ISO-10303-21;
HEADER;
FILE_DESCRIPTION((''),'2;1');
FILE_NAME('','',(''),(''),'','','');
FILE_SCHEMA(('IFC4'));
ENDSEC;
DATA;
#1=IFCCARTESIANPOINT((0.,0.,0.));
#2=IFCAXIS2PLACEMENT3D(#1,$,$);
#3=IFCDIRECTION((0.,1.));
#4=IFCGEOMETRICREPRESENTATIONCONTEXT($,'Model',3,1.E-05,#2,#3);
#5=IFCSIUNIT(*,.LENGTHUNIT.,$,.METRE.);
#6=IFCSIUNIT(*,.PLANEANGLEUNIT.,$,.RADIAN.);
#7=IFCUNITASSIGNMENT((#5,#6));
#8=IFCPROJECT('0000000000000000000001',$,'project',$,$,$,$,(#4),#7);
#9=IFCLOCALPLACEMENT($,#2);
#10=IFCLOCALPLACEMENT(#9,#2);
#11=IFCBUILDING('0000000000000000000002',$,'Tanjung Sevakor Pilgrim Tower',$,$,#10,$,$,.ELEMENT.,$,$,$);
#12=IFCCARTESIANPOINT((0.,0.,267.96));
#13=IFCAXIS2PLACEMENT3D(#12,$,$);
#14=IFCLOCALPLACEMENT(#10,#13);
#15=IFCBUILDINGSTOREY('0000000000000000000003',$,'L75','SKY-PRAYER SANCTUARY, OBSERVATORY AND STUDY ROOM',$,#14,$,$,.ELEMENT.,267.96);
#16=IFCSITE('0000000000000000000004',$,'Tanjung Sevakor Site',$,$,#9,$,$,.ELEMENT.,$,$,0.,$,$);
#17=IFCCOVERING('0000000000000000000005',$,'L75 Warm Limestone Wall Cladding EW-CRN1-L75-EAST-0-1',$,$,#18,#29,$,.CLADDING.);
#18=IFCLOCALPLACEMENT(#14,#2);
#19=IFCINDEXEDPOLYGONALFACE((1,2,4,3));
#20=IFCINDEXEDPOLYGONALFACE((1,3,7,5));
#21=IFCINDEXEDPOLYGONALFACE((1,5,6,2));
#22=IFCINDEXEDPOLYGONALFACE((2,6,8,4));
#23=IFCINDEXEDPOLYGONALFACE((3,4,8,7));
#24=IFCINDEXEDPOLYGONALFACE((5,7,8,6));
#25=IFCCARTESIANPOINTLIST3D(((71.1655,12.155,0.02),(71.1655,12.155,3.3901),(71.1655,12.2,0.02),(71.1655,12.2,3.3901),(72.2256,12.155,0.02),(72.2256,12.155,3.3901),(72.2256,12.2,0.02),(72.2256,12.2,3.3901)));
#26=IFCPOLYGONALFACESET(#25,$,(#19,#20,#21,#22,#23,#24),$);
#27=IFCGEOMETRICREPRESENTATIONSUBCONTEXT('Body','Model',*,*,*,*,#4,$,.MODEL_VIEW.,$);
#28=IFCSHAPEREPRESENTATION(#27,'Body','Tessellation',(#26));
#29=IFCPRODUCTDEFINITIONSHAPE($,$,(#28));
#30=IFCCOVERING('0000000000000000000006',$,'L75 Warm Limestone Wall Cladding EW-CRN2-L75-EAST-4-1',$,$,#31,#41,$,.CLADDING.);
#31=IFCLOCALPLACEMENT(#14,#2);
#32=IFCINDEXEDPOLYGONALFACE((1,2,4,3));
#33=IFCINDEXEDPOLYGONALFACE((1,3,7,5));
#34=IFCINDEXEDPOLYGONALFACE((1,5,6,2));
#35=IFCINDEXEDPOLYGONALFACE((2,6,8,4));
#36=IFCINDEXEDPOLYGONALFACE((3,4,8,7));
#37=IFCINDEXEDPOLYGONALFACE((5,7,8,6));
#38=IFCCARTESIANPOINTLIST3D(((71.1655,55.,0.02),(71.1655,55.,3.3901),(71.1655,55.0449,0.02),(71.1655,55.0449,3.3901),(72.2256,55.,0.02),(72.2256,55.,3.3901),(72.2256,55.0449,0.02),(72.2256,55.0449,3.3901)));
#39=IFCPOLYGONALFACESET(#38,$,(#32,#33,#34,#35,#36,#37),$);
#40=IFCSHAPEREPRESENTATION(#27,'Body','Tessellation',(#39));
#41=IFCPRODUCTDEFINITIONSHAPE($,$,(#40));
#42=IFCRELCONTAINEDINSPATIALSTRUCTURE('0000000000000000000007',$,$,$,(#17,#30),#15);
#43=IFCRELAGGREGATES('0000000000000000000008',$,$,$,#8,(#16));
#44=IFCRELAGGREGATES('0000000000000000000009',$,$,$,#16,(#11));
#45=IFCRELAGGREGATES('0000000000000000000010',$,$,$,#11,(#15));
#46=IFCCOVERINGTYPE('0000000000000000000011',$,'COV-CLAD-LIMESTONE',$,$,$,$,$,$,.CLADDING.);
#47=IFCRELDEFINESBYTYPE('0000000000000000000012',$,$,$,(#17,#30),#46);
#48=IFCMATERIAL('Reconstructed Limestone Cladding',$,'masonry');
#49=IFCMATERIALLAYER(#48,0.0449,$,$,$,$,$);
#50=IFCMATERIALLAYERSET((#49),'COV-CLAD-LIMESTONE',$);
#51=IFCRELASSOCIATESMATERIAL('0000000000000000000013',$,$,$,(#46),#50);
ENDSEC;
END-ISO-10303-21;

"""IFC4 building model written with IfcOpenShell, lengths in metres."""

from ifc_helpers import new_model, si_unit, direction, frame, origin, origin_2d, place, context, subcontext, project, spatial, rectangle, extrude, material, layer, layer_set, type_object, element, save


model = new_model("IFC4")

# Units and contexts
model_context = context("Model", 3, precision=1e-05, world=origin(), true_north=direction((0.0, 1.0)))
body_context = subcontext(model_context, "Body", "Model", "MODEL_VIEW")
ifc_project = project(units=[si_unit("LENGTHUNIT", "METRE"), si_unit("PLANEANGLEUNIT", "RADIAN")], contexts=[model_context])

# Site, building, storey
site_placement = place(None, origin())
site = spatial("IfcSite", under=ifc_project, at=site_placement, Name="Tanjung Sevakor Site", CompositionType="ELEMENT", RefElevation=0.0)
building_placement = place(site_placement, origin())
building = spatial("IfcBuilding", under=site, at=building_placement, Name="Tanjung Sevakor Pilgrim Tower", CompositionType="ELEMENT")
storey_placement = place(building_placement, frame((0.0, 0.0, 267.96)))
storey = spatial("IfcBuildingStorey", under=building, at=storey_placement, Name="L75", Description="SKY-PRAYER SANCTUARY, OBSERVATORY AND STUDY ROOM", CompositionType="ELEMENT", Elevation=267.96)

# Coverings
ifc_material_1 = material(Name="Reconstructed Limestone Cladding", Category="masonry")
ifc_layer_1 = layer(ifc_material_1, 0.0449)
ifc_layer_set_1 = layer_set([ifc_layer_1], Name="COV-CLAD-LIMESTONE")
covering_type = type_object("IfcCoveringType", Name="COV-CLAD-LIMESTONE", PredefinedType="CLADDING", material=ifc_layer_set_1)
for number, where, z_axis, x_axis, name in (
    (1, (71.6956, 12.1775, 0.02), (0.0, 0.0, 1.0), (1.0, 0.0, 0.0), "L75 Warm Limestone Wall Cladding EW-CRN1-L75-EAST-0-1"),
    (2, (71.6956, 55.0225, 0.02), (0.0, 0.0, 1.0), (-1.0, 0.0, 0.0), "L75 Warm Limestone Wall Cladding EW-CRN2-L75-EAST-4-1"),
):
    element("IfcCovering", number, at=place(storey_placement, frame(where, z_axis=z_axis, x_axis=x_axis)), inside=storey, type_object=covering_type, Name=name, PredefinedType="CLADDING", context=body_context, shape_type="SweptSolid", body=[
        extrude(rectangle(XDim=1.0601, YDim=0.0449, at=origin_2d()), origin(), (0.0, 0.0, 1.0), 3.3701),
    ])

save(model, "model.ifc")
